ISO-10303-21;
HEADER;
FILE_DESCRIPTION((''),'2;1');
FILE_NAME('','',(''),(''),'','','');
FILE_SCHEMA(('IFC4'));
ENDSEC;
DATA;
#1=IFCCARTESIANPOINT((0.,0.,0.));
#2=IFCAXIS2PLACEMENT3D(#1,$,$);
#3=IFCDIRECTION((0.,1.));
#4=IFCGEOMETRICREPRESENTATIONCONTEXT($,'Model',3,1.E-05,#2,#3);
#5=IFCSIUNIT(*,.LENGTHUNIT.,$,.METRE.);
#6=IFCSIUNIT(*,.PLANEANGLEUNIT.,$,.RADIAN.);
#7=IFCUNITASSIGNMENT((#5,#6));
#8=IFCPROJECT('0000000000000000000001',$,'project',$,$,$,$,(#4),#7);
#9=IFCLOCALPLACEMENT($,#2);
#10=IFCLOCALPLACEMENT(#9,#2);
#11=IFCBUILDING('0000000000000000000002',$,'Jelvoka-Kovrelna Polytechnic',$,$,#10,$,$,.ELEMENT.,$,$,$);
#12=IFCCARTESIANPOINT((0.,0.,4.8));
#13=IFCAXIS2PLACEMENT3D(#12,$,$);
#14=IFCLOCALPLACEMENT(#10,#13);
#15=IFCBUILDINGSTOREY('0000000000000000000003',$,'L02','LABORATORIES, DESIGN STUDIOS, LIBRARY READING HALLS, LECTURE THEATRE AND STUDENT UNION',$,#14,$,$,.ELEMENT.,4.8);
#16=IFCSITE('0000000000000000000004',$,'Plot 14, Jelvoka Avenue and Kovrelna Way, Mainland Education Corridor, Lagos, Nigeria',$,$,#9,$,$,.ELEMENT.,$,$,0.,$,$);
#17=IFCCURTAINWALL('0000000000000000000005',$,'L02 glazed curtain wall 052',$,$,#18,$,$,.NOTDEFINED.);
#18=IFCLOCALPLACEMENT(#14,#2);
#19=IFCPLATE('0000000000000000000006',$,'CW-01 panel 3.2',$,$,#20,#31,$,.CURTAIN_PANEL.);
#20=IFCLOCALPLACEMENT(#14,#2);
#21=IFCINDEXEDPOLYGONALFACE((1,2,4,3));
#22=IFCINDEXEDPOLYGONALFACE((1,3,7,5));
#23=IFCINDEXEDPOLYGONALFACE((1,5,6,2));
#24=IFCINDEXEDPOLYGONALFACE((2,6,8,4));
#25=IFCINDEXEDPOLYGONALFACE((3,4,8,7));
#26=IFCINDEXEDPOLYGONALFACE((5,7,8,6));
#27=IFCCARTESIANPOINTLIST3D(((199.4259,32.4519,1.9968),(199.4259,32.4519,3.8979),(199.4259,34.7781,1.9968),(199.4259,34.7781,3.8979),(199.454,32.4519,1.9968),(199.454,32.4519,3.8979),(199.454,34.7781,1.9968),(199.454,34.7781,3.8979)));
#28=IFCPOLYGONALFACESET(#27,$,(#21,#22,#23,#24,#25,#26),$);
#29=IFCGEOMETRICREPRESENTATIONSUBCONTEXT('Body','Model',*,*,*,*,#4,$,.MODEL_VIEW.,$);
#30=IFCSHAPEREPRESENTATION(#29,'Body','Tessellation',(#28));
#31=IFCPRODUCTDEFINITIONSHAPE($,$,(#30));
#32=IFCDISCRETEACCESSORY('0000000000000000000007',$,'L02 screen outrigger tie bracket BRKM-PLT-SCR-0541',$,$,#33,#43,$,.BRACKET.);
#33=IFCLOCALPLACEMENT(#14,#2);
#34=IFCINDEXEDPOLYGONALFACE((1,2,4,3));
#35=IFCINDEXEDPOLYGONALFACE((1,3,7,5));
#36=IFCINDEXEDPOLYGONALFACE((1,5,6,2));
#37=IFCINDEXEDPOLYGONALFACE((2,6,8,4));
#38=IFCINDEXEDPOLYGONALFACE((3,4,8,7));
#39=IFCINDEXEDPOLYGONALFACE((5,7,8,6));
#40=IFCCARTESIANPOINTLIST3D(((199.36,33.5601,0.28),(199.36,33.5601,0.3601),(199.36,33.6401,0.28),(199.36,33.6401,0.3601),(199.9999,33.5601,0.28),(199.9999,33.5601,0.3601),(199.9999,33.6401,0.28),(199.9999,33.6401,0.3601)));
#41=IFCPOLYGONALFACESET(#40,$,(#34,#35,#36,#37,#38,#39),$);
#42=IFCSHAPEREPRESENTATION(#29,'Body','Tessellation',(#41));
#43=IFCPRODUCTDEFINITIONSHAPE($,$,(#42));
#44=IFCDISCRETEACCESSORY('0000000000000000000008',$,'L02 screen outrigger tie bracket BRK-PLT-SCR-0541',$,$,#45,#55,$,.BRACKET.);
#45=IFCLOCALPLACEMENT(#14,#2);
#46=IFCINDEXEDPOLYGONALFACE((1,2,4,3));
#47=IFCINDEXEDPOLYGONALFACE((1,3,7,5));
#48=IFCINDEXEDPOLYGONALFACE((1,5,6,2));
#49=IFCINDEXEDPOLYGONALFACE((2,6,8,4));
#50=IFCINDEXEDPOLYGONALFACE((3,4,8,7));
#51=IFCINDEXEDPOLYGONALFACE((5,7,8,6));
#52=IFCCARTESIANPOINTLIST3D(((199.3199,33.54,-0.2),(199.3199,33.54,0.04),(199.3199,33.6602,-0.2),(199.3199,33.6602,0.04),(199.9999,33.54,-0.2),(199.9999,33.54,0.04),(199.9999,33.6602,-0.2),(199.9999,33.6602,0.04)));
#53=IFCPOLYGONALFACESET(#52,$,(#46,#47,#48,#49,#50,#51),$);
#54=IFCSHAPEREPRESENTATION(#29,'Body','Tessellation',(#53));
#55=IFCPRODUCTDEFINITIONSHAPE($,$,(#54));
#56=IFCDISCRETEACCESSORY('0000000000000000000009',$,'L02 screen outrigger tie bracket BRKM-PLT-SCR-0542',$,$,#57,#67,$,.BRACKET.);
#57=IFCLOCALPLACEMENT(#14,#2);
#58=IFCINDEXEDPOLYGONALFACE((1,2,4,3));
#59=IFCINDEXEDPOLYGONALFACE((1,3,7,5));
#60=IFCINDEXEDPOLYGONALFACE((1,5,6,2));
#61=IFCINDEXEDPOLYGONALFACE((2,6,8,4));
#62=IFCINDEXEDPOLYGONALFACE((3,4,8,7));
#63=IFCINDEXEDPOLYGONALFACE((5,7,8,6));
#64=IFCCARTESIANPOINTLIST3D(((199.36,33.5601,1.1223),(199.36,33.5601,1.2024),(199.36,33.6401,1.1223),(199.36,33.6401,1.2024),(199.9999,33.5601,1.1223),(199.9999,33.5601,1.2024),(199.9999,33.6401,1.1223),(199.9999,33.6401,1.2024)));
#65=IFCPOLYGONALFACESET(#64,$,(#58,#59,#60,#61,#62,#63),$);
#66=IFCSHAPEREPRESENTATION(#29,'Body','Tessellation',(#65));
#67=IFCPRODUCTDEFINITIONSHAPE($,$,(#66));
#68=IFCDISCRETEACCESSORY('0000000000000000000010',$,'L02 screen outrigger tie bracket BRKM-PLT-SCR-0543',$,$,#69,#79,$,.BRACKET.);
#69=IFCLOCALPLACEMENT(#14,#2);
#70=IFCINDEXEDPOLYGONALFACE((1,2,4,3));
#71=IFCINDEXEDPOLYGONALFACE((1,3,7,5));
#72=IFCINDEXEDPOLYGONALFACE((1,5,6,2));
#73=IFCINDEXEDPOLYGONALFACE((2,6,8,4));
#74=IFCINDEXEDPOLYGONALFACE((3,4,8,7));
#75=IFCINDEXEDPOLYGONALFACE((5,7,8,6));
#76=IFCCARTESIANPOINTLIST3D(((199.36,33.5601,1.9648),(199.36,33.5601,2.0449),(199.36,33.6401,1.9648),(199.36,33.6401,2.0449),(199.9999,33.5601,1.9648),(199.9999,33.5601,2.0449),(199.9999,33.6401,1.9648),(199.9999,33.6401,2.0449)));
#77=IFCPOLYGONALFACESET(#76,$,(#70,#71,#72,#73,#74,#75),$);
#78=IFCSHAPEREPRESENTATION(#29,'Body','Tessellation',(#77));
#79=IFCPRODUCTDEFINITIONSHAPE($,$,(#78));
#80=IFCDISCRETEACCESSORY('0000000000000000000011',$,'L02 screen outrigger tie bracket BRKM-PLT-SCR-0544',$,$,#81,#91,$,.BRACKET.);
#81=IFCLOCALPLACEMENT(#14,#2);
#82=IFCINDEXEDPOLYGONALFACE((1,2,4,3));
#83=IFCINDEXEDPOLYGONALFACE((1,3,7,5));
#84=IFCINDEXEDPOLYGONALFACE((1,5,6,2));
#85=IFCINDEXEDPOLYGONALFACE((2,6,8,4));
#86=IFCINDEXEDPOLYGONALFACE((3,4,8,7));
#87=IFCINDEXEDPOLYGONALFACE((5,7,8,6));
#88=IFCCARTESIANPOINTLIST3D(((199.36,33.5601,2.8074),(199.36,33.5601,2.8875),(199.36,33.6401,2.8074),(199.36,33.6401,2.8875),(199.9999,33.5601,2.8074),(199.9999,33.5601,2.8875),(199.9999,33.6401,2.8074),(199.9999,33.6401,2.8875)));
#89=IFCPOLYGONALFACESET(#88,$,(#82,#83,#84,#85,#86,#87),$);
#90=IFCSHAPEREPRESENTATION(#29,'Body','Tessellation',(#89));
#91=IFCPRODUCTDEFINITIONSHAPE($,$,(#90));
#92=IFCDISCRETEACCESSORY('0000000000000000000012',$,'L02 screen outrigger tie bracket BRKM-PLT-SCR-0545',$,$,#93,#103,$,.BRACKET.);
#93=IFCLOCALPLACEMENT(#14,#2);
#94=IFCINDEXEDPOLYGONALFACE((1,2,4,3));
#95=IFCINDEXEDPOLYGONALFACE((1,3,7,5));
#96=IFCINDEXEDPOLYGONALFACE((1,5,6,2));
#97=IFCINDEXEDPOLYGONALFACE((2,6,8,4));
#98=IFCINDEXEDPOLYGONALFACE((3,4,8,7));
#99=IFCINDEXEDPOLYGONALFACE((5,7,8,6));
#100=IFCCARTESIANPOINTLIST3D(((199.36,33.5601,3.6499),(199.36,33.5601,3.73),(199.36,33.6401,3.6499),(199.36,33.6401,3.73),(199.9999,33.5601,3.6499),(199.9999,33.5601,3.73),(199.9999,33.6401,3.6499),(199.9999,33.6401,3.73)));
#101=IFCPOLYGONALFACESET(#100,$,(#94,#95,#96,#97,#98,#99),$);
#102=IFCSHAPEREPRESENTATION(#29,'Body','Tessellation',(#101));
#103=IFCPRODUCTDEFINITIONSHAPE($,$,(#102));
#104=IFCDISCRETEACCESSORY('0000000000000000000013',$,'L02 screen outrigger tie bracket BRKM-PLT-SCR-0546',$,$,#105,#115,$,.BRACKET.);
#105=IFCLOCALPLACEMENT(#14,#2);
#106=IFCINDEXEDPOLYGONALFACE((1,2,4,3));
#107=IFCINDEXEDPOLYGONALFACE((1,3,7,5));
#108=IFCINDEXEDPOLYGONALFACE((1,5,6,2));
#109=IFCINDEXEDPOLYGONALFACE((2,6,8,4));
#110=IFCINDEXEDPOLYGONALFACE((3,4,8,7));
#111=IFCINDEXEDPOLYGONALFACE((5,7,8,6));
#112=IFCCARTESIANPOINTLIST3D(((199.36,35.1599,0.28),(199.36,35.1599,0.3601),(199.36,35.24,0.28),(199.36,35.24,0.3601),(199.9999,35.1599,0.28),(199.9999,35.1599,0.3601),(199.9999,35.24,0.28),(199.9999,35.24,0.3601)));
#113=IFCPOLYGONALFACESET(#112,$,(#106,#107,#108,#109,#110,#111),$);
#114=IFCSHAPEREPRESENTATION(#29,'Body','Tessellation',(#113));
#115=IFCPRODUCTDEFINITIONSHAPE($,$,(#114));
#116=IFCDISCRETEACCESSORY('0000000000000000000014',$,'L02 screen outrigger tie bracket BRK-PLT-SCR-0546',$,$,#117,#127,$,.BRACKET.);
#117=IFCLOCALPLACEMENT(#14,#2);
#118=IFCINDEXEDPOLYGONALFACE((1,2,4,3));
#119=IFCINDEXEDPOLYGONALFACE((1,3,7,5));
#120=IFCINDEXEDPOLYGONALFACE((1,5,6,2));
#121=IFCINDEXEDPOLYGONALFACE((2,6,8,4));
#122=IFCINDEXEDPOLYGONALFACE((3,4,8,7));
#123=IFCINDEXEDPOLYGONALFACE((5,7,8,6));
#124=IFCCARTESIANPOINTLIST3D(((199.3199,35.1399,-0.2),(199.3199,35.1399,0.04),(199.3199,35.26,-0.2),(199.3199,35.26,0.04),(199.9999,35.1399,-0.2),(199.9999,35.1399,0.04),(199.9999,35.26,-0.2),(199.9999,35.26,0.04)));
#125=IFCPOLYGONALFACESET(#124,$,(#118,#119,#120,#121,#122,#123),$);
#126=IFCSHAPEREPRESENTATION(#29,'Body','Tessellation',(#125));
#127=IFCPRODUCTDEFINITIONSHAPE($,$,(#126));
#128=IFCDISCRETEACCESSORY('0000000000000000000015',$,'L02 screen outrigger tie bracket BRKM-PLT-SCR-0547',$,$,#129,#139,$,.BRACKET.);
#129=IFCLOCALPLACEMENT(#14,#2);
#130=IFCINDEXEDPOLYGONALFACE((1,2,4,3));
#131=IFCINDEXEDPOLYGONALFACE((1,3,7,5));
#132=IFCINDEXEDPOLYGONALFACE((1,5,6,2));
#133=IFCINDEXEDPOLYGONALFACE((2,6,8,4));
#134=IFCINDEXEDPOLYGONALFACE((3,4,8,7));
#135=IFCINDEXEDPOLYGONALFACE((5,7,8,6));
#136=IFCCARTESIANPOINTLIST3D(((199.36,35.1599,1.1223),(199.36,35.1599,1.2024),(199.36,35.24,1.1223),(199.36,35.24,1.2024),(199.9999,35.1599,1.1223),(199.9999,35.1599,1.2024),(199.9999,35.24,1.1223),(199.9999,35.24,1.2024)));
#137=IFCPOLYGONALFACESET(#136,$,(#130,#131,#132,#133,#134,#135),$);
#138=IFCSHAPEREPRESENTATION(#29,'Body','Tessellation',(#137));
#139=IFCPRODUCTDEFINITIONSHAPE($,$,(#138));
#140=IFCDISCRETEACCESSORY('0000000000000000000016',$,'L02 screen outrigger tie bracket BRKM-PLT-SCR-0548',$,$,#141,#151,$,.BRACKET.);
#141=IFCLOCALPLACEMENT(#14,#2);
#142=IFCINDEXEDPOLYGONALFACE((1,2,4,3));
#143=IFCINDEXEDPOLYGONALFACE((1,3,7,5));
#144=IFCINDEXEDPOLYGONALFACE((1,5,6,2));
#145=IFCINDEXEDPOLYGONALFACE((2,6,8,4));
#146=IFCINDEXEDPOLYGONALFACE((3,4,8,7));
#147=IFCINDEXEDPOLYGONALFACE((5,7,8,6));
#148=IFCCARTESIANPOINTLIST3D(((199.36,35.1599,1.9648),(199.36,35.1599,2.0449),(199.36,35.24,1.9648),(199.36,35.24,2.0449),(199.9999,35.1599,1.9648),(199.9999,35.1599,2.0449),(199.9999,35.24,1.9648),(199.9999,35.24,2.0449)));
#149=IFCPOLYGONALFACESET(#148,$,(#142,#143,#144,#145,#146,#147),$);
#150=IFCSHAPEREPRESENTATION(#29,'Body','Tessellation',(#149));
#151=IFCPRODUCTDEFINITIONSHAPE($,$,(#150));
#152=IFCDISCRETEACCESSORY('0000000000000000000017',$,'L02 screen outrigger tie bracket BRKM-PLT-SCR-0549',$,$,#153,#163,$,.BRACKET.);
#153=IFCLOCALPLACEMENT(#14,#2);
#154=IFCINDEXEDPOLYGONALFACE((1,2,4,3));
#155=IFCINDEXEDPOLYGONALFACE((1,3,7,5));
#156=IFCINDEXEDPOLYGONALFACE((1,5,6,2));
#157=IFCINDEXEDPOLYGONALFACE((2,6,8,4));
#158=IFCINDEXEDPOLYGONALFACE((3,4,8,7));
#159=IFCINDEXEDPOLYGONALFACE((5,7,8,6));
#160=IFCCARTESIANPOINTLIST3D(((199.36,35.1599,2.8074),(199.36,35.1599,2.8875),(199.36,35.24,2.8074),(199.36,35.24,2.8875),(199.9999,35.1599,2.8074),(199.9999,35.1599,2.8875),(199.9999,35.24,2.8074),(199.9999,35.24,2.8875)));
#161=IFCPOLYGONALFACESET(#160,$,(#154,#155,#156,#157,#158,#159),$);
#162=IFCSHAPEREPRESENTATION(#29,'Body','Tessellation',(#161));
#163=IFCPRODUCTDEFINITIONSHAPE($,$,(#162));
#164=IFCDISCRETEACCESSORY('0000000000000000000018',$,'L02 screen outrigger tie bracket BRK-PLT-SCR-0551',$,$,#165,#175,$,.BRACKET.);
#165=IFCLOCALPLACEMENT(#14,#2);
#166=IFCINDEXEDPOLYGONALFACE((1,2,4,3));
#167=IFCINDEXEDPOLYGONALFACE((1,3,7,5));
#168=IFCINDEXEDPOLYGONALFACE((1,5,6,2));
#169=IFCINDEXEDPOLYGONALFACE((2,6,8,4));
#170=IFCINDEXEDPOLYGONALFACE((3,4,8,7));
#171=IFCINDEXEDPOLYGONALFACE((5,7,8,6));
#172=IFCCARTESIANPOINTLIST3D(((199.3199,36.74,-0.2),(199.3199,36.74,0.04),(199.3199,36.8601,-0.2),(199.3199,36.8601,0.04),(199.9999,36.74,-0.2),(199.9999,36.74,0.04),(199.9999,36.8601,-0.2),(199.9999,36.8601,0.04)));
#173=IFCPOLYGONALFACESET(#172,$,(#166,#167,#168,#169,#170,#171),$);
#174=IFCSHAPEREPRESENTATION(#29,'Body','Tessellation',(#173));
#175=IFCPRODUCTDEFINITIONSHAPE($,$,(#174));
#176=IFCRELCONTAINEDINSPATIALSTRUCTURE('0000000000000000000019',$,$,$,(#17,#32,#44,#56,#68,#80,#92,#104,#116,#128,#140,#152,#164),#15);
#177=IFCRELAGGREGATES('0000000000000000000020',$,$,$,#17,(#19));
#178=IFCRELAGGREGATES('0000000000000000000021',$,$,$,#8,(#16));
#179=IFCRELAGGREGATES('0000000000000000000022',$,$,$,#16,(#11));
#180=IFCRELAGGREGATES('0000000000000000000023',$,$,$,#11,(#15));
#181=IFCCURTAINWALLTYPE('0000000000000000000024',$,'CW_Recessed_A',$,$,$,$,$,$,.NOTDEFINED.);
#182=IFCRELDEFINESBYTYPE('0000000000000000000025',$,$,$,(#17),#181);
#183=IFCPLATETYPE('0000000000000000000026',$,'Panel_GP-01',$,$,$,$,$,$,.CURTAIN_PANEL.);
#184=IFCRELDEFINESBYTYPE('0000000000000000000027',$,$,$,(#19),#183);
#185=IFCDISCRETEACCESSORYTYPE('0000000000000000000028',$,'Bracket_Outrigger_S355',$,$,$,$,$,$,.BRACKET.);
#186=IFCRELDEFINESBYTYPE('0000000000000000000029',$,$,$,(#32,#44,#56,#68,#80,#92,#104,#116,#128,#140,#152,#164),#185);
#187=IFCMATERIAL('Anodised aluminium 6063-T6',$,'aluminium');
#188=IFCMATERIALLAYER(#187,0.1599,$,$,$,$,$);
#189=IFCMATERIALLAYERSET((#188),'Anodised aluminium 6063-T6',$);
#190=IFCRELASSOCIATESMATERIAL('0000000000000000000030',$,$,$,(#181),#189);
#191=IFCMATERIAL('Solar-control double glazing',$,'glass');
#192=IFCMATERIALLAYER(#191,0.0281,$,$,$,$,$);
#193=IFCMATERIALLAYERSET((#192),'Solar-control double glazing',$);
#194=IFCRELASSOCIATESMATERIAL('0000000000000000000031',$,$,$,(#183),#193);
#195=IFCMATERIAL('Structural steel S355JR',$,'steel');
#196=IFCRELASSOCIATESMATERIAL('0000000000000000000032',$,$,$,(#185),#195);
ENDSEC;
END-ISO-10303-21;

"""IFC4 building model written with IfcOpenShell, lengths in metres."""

from ifc_helpers import new_model, si_unit, direction, frame, origin, origin_2d, place, context, subcontext, project, spatial, rectangle, extrude, material, layer, layer_set, type_object, element, aggregate, save


model = new_model("IFC4")

# Units and contexts
model_context = context("Model", 3, precision=1e-05, world=origin(), true_north=direction((0.0, 1.0)))
body_context = subcontext(model_context, "Body", "Model", "MODEL_VIEW")
ifc_project = project(units=[si_unit("LENGTHUNIT", "METRE"), si_unit("PLANEANGLEUNIT", "RADIAN")], contexts=[model_context])

# Site, building, storey
site_placement = place(None, origin())
site = spatial("IfcSite", under=ifc_project, at=site_placement, Name="Plot 14, Jelvoka Avenue and Kovrelna Way, Mainland Education Corridor, Lagos, Nigeria", CompositionType="ELEMENT", RefElevation=0.0)
building_placement = place(site_placement, origin())
building = spatial("IfcBuilding", under=site, at=building_placement, Name="Jelvoka-Kovrelna Polytechnic", CompositionType="ELEMENT")
storey_placement = place(building_placement, frame((0.0, 0.0, 4.8)))
storey = spatial("IfcBuildingStorey", under=building, at=storey_placement, Name="L02", Description="LABORATORIES, DESIGN STUDIOS, LIBRARY READING HALLS, LECTURE THEATRE AND STUDENT UNION", CompositionType="ELEMENT", Elevation=4.8)

# Curtain wall, plate
ifc_material_1 = material(Name="Anodised aluminium 6063-T6", Category="aluminium")
ifc_layer_1 = layer(ifc_material_1, 0.1599)
ifc_layer_set_1 = layer_set([ifc_layer_1], Name="Anodised aluminium 6063-T6")
curtain_wall_type = type_object("IfcCurtainWallType", Name="CW_Recessed_A", PredefinedType="NOTDEFINED", material=ifc_layer_set_1)
curtain_wall_placement = place(storey_placement, origin())
curtain_wall = element("IfcCurtainWall", 1, at=curtain_wall_placement, inside=storey, type_object=curtain_wall_type, Name="L02 glazed curtain wall 052", PredefinedType="NOTDEFINED")
ifc_material_2 = material(Name="Solar-control double glazing", Category="glass")
ifc_layer_2 = layer(ifc_material_2, 0.0281)
ifc_layer_set_2 = layer_set([ifc_layer_2], Name="Solar-control double glazing")
plate_type = type_object("IfcPlateType", Name="Panel_GP-01", PredefinedType="CURTAIN_PANEL", material=ifc_layer_set_2)
plate_1_placement = place(storey_placement, frame((199.4399, 33.615, 1.9968), z_axis=(0.0, 0.0, 1.0), x_axis=(0.0, -1.0, 0.0)))
plate_1 = element("IfcPlate", 2, at=plate_1_placement, type_object=plate_type, Name="CW-01 panel 3.2", PredefinedType="CURTAIN_PANEL", context=body_context, shape_type="SweptSolid", body=[
    extrude(rectangle(XDim=2.3262, YDim=0.0281, at=origin_2d()), origin(), (0.0, 0.0, 1.0), 1.9011),
])
aggregate(curtain_wall, [plate_1])

# Discrete accessories
ifc_material_3 = material(Name="Structural steel S355JR", Category="steel")
discrete_accessory_type = type_object("IfcDiscreteAccessoryType", Name="Bracket_Outrigger_S355", PredefinedType="BRACKET", material=ifc_material_3)
discrete_accessory_1_placement = place(storey_placement, frame((199.6799, 33.6001, 0.28), z_axis=(0.0, 0.0, 1.0), x_axis=(1.0, 0.0, 0.0)))
element("IfcDiscreteAccessory", 3, at=discrete_accessory_1_placement, inside=storey, type_object=discrete_accessory_type, Name="L02 screen outrigger tie bracket BRKM-PLT-SCR-0541", PredefinedType="BRACKET", context=body_context, shape_type="SweptSolid", body=[
    extrude(rectangle(XDim=0.6399, YDim=0.0801, at=origin_2d()), origin(), (0.0, 0.0, 1.0), 0.0801),
])
discrete_accessory_2_placement = place(storey_placement, frame((199.6599, 33.6001, -0.2), z_axis=(0.0, 0.0, 1.0), x_axis=(1.0, 0.0, 0.0)))
element("IfcDiscreteAccessory", 4, at=discrete_accessory_2_placement, inside=storey, type_object=discrete_accessory_type, Name="L02 screen outrigger tie bracket BRK-PLT-SCR-0541", PredefinedType="BRACKET", context=body_context, shape_type="SweptSolid", body=[
    extrude(rectangle(XDim=0.6799, YDim=0.1201, at=origin_2d()), origin(), (0.0, 0.0, 1.0), 0.24),
])
for number, where, z_axis, x_axis, name in (
    (5, (199.6799, 33.6001, 1.1223), (0.0, 0.0, 1.0), (1.0, 0.0, 0.0), "L02 screen outrigger tie bracket BRKM-PLT-SCR-0542"),
    (6, (199.6799, 33.6001, 1.9648), (0.0, 0.0, 1.0), (1.0, 0.0, 0.0), "L02 screen outrigger tie bracket BRKM-PLT-SCR-0543"),
    (7, (199.6799, 33.6001, 2.8074), (0.0, 0.0, 1.0), (1.0, 0.0, 0.0), "L02 screen outrigger tie bracket BRKM-PLT-SCR-0544"),
    (8, (199.6799, 33.6001, 3.6499), (0.0, 0.0, 1.0), (1.0, 0.0, 0.0), "L02 screen outrigger tie bracket BRKM-PLT-SCR-0545"),
    (9, (199.6799, 35.2, 0.28), (0.0, 0.0, 1.0), (1.0, 0.0, 0.0), "L02 screen outrigger tie bracket BRKM-PLT-SCR-0546"),
):
    element("IfcDiscreteAccessory", number, at=place(storey_placement, frame(where, z_axis=z_axis, x_axis=x_axis)), inside=storey, type_object=discrete_accessory_type, Name=name, PredefinedType="BRACKET", context=body_context, shape_type="SweptSolid", body=[
        extrude(rectangle(XDim=0.6399, YDim=0.0801, at=origin_2d()), origin(), (0.0, 0.0, 1.0), 0.0801),
    ])
discrete_accessory_3_placement = place(storey_placement, frame((199.6599, 35.2, -0.2), z_axis=(0.0, 0.0, 1.0), x_axis=(1.0, 0.0, 0.0)))
element("IfcDiscreteAccessory", 10, at=discrete_accessory_3_placement, inside=storey, type_object=discrete_accessory_type, Name="L02 screen outrigger tie bracket BRK-PLT-SCR-0546", PredefinedType="BRACKET", context=body_context, shape_type="SweptSolid", body=[
    extrude(rectangle(XDim=0.6799, YDim=0.1201, at=origin_2d()), origin(), (0.0, 0.0, 1.0), 0.24),
])
for number, where, z_axis, x_axis, name in (
    (11, (199.6799, 35.2, 1.1223), (0.0, 0.0, 1.0), (1.0, 0.0, 0.0), "L02 screen outrigger tie bracket BRKM-PLT-SCR-0547"),
    (12, (199.6799, 35.2, 1.9648), (0.0, 0.0, 1.0), (1.0, 0.0, 0.0), "L02 screen outrigger tie bracket BRKM-PLT-SCR-0548"),
    (13, (199.6799, 35.2, 2.8074), (0.0, 0.0, 1.0), (1.0, 0.0, 0.0), "L02 screen outrigger tie bracket BRKM-PLT-SCR-0549"),
):
    element("IfcDiscreteAccessory", number, at=place(storey_placement, frame(where, z_axis=z_axis, x_axis=x_axis)), inside=storey, type_object=discrete_accessory_type, Name=name, PredefinedType="BRACKET", context=body_context, shape_type="SweptSolid", body=[
        extrude(rectangle(XDim=0.6399, YDim=0.0801, at=origin_2d()), origin(), (0.0, 0.0, 1.0), 0.0801),
    ])
discrete_accessory_4_placement = place(storey_placement, frame((199.6599, 36.8, -0.2), z_axis=(0.0, 0.0, 1.0), x_axis=(1.0, 0.0, 0.0)))
element("IfcDiscreteAccessory", 14, at=discrete_accessory_4_placement, inside=storey, type_object=discrete_accessory_type, Name="L02 screen outrigger tie bracket BRK-PLT-SCR-0551", PredefinedType="BRACKET", context=body_context, shape_type="SweptSolid", body=[
    extrude(rectangle(XDim=0.6799, YDim=0.1201, at=origin_2d()), origin(), (0.0, 0.0, 1.0), 0.24),
])

save(model, "model.ifc")
